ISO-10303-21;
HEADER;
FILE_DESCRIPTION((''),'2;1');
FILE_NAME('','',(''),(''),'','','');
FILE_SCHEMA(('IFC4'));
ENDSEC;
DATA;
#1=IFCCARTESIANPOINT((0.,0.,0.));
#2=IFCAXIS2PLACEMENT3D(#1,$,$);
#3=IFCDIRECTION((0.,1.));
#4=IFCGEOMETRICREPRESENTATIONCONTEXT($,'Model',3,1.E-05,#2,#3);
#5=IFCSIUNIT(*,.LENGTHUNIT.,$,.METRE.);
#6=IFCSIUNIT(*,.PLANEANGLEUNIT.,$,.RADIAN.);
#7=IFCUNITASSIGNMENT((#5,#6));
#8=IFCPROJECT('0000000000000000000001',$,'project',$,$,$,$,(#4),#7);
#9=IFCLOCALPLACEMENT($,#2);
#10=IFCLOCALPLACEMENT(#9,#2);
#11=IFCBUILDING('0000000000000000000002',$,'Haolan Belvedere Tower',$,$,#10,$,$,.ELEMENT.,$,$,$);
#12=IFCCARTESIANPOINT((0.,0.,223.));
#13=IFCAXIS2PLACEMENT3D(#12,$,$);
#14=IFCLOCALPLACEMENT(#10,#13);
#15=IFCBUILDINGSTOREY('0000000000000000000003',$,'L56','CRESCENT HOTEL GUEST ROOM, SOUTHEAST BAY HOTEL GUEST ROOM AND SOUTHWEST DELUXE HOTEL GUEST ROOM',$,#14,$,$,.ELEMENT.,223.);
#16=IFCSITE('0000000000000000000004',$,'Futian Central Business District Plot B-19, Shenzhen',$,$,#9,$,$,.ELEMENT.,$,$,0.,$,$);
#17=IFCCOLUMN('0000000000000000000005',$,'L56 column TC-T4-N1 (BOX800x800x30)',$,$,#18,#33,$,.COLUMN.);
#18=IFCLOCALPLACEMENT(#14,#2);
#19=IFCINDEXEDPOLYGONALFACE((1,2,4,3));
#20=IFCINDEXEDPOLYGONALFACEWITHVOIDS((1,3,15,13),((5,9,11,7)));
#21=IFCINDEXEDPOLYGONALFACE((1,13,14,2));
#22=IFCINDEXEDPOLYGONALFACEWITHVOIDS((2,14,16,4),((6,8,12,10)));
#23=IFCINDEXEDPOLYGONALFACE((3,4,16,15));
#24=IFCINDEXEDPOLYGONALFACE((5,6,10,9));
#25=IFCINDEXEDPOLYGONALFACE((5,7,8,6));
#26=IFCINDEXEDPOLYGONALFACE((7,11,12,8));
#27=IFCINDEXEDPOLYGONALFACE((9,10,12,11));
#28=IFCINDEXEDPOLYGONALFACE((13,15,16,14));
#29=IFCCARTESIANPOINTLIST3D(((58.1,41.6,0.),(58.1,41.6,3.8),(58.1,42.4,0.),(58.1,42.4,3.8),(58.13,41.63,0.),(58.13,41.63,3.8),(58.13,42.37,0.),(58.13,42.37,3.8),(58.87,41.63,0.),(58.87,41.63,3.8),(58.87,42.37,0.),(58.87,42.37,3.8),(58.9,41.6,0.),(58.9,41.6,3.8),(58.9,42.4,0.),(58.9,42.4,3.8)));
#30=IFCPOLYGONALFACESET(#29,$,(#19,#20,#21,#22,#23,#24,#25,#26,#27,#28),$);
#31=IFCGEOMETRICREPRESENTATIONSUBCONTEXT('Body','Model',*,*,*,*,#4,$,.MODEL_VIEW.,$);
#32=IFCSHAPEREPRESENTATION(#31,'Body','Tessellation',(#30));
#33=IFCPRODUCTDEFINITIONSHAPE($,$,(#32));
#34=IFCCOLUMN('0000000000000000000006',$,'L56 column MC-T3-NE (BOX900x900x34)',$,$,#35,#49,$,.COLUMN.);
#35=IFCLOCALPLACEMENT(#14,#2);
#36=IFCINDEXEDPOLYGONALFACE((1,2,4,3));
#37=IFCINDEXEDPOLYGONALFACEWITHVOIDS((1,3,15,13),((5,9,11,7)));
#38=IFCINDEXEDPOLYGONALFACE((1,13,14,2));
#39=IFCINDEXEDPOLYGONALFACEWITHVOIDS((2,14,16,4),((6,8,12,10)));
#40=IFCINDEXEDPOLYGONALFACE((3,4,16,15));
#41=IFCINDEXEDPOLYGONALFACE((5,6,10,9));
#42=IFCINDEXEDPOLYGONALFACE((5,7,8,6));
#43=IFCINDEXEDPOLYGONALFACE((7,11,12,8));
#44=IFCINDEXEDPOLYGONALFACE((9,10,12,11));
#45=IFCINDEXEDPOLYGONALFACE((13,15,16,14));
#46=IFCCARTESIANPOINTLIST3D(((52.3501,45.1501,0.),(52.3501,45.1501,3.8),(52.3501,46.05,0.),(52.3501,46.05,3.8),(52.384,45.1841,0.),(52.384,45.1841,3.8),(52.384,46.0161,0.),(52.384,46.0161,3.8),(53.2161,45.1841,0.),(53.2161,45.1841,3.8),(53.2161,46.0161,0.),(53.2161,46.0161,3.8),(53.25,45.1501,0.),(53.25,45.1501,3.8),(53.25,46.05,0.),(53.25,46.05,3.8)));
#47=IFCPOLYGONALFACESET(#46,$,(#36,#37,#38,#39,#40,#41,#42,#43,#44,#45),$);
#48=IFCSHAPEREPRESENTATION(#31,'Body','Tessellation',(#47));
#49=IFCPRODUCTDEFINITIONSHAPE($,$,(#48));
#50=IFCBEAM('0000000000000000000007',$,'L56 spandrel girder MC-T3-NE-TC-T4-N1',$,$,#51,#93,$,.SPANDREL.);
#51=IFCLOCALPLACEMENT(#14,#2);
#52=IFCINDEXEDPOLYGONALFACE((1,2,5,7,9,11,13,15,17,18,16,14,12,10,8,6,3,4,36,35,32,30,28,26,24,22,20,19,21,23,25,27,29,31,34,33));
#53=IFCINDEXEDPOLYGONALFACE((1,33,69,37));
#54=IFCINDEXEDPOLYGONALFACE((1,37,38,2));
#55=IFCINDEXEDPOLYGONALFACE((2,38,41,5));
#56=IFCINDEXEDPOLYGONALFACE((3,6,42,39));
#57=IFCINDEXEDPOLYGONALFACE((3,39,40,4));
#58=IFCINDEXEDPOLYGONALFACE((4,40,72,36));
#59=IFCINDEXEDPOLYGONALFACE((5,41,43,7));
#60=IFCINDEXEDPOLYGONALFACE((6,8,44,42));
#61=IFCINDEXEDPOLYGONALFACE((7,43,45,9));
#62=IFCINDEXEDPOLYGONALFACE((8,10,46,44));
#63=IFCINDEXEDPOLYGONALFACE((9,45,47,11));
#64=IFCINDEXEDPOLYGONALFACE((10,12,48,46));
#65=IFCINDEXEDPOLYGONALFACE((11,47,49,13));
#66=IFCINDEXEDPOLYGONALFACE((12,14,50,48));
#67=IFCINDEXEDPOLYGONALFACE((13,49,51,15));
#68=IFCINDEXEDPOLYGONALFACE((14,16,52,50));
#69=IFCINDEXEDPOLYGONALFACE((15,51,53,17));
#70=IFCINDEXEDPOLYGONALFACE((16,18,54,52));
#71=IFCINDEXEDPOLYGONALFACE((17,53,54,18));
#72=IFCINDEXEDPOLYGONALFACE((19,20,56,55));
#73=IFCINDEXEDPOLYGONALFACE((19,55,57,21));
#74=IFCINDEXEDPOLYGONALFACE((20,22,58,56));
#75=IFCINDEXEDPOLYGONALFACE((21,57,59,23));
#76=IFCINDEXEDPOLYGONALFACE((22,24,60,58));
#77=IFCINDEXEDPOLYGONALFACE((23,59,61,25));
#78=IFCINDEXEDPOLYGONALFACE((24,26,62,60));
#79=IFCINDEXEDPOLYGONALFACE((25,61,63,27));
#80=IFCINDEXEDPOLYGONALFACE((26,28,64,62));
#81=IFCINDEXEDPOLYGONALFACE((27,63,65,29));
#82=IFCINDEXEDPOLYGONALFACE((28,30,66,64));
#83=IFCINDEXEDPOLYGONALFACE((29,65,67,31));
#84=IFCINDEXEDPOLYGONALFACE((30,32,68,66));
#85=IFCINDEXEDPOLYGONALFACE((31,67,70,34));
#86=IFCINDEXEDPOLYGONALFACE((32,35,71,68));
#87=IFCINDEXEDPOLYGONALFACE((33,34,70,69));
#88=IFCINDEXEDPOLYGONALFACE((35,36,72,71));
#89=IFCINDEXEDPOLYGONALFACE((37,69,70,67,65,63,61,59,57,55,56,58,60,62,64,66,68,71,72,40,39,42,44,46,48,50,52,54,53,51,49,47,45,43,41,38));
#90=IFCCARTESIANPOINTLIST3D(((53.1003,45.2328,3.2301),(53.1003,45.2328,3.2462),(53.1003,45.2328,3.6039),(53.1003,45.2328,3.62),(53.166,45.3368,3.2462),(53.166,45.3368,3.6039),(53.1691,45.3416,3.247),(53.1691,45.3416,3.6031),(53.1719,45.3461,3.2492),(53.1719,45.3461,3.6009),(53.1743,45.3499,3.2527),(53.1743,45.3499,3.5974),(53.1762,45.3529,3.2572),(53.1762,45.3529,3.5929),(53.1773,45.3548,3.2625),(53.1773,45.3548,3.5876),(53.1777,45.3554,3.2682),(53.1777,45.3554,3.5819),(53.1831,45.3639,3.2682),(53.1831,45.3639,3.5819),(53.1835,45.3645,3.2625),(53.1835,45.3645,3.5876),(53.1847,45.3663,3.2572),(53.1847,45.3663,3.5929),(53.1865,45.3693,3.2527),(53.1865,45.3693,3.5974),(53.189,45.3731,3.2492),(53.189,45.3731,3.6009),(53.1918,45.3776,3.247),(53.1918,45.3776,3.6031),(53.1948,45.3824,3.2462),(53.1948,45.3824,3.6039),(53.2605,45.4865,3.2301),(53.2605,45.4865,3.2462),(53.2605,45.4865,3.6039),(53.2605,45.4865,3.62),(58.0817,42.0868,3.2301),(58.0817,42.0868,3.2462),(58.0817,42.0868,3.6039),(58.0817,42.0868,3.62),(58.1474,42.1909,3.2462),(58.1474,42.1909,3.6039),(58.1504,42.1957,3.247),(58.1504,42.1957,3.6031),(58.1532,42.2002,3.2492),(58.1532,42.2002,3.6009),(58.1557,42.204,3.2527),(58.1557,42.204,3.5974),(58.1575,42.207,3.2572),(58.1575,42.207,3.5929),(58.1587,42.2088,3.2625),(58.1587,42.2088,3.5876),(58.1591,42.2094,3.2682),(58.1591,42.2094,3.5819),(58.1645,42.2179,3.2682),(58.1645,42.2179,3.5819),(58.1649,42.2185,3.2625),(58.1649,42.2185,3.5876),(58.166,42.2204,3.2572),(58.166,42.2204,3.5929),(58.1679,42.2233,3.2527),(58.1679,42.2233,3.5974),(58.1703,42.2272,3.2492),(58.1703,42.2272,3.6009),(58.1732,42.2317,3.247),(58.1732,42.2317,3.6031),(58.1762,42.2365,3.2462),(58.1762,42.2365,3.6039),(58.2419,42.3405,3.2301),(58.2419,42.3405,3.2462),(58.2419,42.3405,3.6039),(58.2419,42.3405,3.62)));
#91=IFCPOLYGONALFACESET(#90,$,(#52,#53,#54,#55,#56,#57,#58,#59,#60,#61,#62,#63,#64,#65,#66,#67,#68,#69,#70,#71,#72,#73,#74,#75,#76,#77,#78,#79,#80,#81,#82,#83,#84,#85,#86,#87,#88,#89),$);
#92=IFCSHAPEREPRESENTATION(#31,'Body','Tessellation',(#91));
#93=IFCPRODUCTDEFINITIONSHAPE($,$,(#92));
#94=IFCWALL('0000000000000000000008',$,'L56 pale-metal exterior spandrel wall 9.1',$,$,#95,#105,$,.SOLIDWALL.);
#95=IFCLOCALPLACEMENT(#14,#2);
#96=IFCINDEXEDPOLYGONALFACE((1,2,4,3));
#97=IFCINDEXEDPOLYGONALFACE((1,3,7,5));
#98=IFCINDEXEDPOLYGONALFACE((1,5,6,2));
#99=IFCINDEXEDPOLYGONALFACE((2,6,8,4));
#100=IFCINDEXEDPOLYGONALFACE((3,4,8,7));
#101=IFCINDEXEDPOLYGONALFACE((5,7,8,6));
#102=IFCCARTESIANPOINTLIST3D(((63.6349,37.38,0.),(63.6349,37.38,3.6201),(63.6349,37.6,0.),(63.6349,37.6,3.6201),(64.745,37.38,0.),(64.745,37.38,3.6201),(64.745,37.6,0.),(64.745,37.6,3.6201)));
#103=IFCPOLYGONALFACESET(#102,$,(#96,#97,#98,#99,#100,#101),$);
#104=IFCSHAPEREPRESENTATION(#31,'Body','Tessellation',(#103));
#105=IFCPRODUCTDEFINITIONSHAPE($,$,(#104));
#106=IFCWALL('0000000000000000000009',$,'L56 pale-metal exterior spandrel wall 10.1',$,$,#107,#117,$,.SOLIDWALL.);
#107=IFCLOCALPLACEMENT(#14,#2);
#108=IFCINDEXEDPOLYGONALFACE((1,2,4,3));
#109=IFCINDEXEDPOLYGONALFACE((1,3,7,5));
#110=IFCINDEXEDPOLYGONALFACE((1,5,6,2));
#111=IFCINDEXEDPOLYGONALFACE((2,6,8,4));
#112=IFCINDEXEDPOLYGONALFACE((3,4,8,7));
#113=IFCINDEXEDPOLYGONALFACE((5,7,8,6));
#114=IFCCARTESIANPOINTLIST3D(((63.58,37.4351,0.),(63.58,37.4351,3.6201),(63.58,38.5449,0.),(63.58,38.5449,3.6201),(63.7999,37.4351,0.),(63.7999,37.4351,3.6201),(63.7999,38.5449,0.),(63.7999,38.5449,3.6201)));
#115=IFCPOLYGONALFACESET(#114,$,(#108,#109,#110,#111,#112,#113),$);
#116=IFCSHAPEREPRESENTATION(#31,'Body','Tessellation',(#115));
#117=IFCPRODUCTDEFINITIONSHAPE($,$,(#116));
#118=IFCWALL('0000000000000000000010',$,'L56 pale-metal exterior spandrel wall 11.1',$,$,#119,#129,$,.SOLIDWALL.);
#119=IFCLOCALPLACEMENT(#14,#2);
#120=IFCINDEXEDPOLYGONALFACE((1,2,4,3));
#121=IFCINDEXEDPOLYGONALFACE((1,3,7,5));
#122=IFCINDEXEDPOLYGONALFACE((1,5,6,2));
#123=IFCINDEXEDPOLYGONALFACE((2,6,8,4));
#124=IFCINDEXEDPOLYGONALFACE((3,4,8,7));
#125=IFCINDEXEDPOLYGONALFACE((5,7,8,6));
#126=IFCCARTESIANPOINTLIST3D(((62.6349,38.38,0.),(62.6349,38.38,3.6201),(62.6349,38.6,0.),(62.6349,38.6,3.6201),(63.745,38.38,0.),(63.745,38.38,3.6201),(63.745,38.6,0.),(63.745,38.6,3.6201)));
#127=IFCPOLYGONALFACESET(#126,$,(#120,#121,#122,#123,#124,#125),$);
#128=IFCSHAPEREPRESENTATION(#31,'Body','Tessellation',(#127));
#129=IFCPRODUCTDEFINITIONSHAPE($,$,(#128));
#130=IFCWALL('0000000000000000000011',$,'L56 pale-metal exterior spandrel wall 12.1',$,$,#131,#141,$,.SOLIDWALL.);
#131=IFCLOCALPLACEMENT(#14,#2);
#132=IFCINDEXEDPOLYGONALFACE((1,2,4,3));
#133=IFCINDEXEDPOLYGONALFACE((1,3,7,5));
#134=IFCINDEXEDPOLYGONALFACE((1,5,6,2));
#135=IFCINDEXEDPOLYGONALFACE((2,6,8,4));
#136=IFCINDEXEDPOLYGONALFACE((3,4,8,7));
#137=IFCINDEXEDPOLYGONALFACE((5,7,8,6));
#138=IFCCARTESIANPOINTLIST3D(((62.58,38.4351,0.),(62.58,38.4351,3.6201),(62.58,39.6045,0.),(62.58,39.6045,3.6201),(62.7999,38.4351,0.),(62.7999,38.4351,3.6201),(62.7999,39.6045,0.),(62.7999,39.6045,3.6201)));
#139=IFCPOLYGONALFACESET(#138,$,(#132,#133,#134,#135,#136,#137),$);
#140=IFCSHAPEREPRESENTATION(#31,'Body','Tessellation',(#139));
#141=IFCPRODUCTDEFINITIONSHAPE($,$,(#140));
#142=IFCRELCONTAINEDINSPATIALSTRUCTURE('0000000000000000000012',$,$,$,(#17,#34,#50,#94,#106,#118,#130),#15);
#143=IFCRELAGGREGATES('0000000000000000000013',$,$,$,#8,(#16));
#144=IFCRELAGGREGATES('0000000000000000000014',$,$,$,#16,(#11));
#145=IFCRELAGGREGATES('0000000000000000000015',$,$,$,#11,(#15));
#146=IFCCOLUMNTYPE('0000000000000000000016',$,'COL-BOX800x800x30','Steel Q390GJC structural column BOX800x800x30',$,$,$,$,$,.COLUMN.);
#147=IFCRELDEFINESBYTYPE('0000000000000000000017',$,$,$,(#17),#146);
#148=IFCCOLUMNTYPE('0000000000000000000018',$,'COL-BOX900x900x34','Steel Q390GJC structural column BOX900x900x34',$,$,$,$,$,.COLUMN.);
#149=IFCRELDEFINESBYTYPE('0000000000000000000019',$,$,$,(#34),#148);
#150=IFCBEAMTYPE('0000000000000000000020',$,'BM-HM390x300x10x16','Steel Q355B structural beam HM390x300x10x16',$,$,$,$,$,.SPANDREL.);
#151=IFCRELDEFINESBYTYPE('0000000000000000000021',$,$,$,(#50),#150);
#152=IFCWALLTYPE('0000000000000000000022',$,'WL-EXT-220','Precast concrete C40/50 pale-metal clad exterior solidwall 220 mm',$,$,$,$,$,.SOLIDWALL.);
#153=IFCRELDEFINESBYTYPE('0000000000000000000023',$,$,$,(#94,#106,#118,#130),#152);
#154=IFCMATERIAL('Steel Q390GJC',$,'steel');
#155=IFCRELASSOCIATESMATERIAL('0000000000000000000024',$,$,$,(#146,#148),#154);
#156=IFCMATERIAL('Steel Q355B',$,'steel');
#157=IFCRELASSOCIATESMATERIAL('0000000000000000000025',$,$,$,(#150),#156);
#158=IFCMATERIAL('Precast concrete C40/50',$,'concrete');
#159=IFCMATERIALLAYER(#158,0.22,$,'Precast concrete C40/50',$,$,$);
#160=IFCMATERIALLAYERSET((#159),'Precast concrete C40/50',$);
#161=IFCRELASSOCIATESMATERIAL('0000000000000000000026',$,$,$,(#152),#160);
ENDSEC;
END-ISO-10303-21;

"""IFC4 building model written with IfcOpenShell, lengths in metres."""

from ifc_helpers import new_model, si_unit, direction, frame, frame_2d, origin, origin_2d, place, context, subcontext, project, spatial, rectangle, hollow_rectangle, i_section, extrude, material, layer, layer_set, material_profile, profile_set, type_object, element, save


model = new_model("IFC4")

# Units and contexts
model_context = context("Model", 3, precision=1e-05, world=origin(), true_north=direction((0.0, 1.0)))
body_context = subcontext(model_context, "Body", "Model", "MODEL_VIEW")
ifc_project = project(units=[si_unit("LENGTHUNIT", "METRE"), si_unit("PLANEANGLEUNIT", "RADIAN")], contexts=[model_context])

# Site, building, storey
site_placement = place(None, origin())
site = spatial("IfcSite", under=ifc_project, at=site_placement, Name="Futian Central Business District Plot B-19, Shenzhen", CompositionType="ELEMENT", RefElevation=0.0)
building_placement = place(site_placement, origin())
building = spatial("IfcBuilding", under=site, at=building_placement, Name="Haolan Belvedere Tower", CompositionType="ELEMENT")
storey_placement = place(building_placement, frame((0.0, 0.0, 223.0)))
storey = spatial("IfcBuildingStorey", under=building, at=storey_placement, Name="L56", Description="CRESCENT HOTEL GUEST ROOM, SOUTHEAST BAY HOTEL GUEST ROOM AND SOUTHWEST DELUXE HOTEL GUEST ROOM", CompositionType="ELEMENT", Elevation=223.0)

# Columns
ifc_material_1 = material(Name="Steel Q390GJC", Category="steel")
ifc_material_profile_1 = material_profile(ifc_material_1, hollow_rectangle(XDim=0.8, YDim=0.8, WallThickness=0.03, at=origin_2d()), Name="Steel Q390GJC")
ifc_profile_set_1 = profile_set([ifc_material_profile_1], Name="Steel Q390GJC")
column_type_1 = type_object("IfcColumnType", Name="COL-BOX800x800x30", Description="Steel Q390GJC structural column BOX800x800x30", PredefinedType="COLUMN", material=ifc_profile_set_1)
column_1_placement = place(storey_placement, frame((58.5, 42.0, 0.0), z_axis=(0.0, 0.0, 1.0), x_axis=(1.0, 0.0, 0.0)))
element("IfcColumn", 1, at=column_1_placement, inside=storey, type_object=column_type_1, Name="L56 column TC-T4-N1 (BOX800x800x30)", PredefinedType="COLUMN", context=body_context, shape_type="SweptSolid", body=[
    extrude(hollow_rectangle(XDim=0.8, YDim=0.8, WallThickness=0.03, at=origin_2d()), origin(), (0.0, 0.0, 1.0), 3.8),
])
ifc_material_profile_2 = material_profile(ifc_material_1, hollow_rectangle(XDim=0.8999, YDim=0.8999, WallThickness=0.0339, at=origin_2d()), Name="Steel Q390GJC")
ifc_profile_set_2 = profile_set([ifc_material_profile_2], Name="Steel Q390GJC")
column_type_2 = type_object("IfcColumnType", Name="COL-BOX900x900x34", Description="Steel Q390GJC structural column BOX900x900x34", PredefinedType="COLUMN", material=ifc_profile_set_2)
column_2_placement = place(storey_placement, frame((52.8, 45.6001, 0.0), z_axis=(0.0, 0.0, 1.0), x_axis=(1.0, 0.0, 0.0)))
element("IfcColumn", 2, at=column_2_placement, inside=storey, type_object=column_type_2, Name="L56 column MC-T3-NE (BOX900x900x34)", PredefinedType="COLUMN", context=body_context, shape_type="SweptSolid", body=[
    extrude(hollow_rectangle(XDim=0.8999, YDim=0.8999, WallThickness=0.0339, at=origin_2d()), origin(), (0.0, 0.0, 1.0), 3.8),
])

# Beam
ifc_material_2 = material(Name="Steel Q355B", Category="steel")
ifc_material_profile_3 = material_profile(ifc_material_2, i_section(OverallWidth=0.3, OverallDepth=0.3899, WebThickness=0.01, FlangeThickness=0.0161, FilletRadius=0.022, at=origin_2d()), Name="Steel Q355B")
ifc_profile_set_3 = profile_set([ifc_material_profile_3], Name="Steel Q355B")
beam_type = type_object("IfcBeamType", Name="BM-HM390x300x10x16", Description="Steel Q355B structural beam HM390x300x10x16", PredefinedType="SPANDREL", material=ifc_profile_set_3)
beam_placement = place(storey_placement, frame((53.1804, 45.3596, 3.425), z_axis=(0.845503, -0.533971, 0.0), x_axis=(0.533971, 0.845503, 0.0)))
element("IfcBeam", 3, at=beam_placement, inside=storey, type_object=beam_type, Name="L56 spandrel girder MC-T3-NE-TC-T4-N1", PredefinedType="SPANDREL", context=body_context, shape_type="SweptSolid", body=[
    extrude(i_section(OverallWidth=0.3, OverallDepth=0.3899, WebThickness=0.01, FlangeThickness=0.0161, FilletRadius=0.022, at=origin_2d()), origin(), (0.0, 0.0, 1.0), 5.8916),
])

# Walls
ifc_material_3 = material(Name="Precast concrete C40/50", Category="concrete")
ifc_layer_1 = layer(ifc_material_3, 0.22, Name="Precast concrete C40/50")
ifc_layer_set_1 = layer_set([ifc_layer_1], Name="Precast concrete C40/50")
wall_type_1 = type_object("IfcWallType", Name="WL-EXT-220", Description="Precast concrete C40/50 pale-metal clad exterior solidwall 220 mm", PredefinedType="SOLIDWALL", material=ifc_layer_set_1)
wall_1_placement = place(storey_placement, frame((64.7451, 37.49, 0.0), z_axis=(0.0, 0.0, 1.0), x_axis=(-1.0, 0.0, 0.0)))
element("IfcWall", 4, at=wall_1_placement, inside=storey, type_object=wall_type_1, Name="L56 pale-metal exterior spandrel wall 9.1", PredefinedType="SOLIDWALL", context=body_context, shape_type="SweptSolid", body=[
    extrude(rectangle(XDim=1.1101, YDim=0.22, at=frame_2d((0.5552, 0.0))), origin(), (0.0, 0.0, 1.0), 3.6201),
])
wall_2_placement = place(storey_placement, frame((63.6899, 37.4351, 0.0), z_axis=(0.0, 0.0, 1.0), x_axis=(0.0, 1.0, 0.0)))
element("IfcWall", 5, at=wall_2_placement, inside=storey, type_object=wall_type_1, Name="L56 pale-metal exterior spandrel wall 10.1", PredefinedType="SOLIDWALL", context=body_context, shape_type="SweptSolid", body=[
    extrude(rectangle(XDim=1.1099, YDim=0.22, at=frame_2d((0.5549, 0.0))), origin(), (0.0, 0.0, 1.0), 3.6201),
])
wall_3_placement = place(storey_placement, frame((63.7451, 38.49, 0.0), z_axis=(0.0, 0.0, 1.0), x_axis=(-1.0, 0.0, 0.0)))
element("IfcWall", 6, at=wall_3_placement, inside=storey, type_object=wall_type_1, Name="L56 pale-metal exterior spandrel wall 11.1", PredefinedType="SOLIDWALL", context=body_context, shape_type="SweptSolid", body=[
    extrude(rectangle(XDim=1.1101, YDim=0.22, at=frame_2d((0.5552, 0.0))), origin(), (0.0, 0.0, 1.0), 3.6201),
])
wall_4_placement = place(storey_placement, frame((62.6899, 38.4351, 0.0), z_axis=(0.0, 0.0, 1.0), x_axis=(0.0, 1.0, 0.0)))
element("IfcWall", 7, at=wall_4_placement, inside=storey, type_object=wall_type_1, Name="L56 pale-metal exterior spandrel wall 12.1", PredefinedType="SOLIDWALL", context=body_context, shape_type="SweptSolid", body=[
    extrude(rectangle(XDim=1.1694, YDim=0.22, at=frame_2d((0.5847, 0.0))), origin(), (0.0, 0.0, 1.0), 3.6201),
])

save(model, "model.ifc")
